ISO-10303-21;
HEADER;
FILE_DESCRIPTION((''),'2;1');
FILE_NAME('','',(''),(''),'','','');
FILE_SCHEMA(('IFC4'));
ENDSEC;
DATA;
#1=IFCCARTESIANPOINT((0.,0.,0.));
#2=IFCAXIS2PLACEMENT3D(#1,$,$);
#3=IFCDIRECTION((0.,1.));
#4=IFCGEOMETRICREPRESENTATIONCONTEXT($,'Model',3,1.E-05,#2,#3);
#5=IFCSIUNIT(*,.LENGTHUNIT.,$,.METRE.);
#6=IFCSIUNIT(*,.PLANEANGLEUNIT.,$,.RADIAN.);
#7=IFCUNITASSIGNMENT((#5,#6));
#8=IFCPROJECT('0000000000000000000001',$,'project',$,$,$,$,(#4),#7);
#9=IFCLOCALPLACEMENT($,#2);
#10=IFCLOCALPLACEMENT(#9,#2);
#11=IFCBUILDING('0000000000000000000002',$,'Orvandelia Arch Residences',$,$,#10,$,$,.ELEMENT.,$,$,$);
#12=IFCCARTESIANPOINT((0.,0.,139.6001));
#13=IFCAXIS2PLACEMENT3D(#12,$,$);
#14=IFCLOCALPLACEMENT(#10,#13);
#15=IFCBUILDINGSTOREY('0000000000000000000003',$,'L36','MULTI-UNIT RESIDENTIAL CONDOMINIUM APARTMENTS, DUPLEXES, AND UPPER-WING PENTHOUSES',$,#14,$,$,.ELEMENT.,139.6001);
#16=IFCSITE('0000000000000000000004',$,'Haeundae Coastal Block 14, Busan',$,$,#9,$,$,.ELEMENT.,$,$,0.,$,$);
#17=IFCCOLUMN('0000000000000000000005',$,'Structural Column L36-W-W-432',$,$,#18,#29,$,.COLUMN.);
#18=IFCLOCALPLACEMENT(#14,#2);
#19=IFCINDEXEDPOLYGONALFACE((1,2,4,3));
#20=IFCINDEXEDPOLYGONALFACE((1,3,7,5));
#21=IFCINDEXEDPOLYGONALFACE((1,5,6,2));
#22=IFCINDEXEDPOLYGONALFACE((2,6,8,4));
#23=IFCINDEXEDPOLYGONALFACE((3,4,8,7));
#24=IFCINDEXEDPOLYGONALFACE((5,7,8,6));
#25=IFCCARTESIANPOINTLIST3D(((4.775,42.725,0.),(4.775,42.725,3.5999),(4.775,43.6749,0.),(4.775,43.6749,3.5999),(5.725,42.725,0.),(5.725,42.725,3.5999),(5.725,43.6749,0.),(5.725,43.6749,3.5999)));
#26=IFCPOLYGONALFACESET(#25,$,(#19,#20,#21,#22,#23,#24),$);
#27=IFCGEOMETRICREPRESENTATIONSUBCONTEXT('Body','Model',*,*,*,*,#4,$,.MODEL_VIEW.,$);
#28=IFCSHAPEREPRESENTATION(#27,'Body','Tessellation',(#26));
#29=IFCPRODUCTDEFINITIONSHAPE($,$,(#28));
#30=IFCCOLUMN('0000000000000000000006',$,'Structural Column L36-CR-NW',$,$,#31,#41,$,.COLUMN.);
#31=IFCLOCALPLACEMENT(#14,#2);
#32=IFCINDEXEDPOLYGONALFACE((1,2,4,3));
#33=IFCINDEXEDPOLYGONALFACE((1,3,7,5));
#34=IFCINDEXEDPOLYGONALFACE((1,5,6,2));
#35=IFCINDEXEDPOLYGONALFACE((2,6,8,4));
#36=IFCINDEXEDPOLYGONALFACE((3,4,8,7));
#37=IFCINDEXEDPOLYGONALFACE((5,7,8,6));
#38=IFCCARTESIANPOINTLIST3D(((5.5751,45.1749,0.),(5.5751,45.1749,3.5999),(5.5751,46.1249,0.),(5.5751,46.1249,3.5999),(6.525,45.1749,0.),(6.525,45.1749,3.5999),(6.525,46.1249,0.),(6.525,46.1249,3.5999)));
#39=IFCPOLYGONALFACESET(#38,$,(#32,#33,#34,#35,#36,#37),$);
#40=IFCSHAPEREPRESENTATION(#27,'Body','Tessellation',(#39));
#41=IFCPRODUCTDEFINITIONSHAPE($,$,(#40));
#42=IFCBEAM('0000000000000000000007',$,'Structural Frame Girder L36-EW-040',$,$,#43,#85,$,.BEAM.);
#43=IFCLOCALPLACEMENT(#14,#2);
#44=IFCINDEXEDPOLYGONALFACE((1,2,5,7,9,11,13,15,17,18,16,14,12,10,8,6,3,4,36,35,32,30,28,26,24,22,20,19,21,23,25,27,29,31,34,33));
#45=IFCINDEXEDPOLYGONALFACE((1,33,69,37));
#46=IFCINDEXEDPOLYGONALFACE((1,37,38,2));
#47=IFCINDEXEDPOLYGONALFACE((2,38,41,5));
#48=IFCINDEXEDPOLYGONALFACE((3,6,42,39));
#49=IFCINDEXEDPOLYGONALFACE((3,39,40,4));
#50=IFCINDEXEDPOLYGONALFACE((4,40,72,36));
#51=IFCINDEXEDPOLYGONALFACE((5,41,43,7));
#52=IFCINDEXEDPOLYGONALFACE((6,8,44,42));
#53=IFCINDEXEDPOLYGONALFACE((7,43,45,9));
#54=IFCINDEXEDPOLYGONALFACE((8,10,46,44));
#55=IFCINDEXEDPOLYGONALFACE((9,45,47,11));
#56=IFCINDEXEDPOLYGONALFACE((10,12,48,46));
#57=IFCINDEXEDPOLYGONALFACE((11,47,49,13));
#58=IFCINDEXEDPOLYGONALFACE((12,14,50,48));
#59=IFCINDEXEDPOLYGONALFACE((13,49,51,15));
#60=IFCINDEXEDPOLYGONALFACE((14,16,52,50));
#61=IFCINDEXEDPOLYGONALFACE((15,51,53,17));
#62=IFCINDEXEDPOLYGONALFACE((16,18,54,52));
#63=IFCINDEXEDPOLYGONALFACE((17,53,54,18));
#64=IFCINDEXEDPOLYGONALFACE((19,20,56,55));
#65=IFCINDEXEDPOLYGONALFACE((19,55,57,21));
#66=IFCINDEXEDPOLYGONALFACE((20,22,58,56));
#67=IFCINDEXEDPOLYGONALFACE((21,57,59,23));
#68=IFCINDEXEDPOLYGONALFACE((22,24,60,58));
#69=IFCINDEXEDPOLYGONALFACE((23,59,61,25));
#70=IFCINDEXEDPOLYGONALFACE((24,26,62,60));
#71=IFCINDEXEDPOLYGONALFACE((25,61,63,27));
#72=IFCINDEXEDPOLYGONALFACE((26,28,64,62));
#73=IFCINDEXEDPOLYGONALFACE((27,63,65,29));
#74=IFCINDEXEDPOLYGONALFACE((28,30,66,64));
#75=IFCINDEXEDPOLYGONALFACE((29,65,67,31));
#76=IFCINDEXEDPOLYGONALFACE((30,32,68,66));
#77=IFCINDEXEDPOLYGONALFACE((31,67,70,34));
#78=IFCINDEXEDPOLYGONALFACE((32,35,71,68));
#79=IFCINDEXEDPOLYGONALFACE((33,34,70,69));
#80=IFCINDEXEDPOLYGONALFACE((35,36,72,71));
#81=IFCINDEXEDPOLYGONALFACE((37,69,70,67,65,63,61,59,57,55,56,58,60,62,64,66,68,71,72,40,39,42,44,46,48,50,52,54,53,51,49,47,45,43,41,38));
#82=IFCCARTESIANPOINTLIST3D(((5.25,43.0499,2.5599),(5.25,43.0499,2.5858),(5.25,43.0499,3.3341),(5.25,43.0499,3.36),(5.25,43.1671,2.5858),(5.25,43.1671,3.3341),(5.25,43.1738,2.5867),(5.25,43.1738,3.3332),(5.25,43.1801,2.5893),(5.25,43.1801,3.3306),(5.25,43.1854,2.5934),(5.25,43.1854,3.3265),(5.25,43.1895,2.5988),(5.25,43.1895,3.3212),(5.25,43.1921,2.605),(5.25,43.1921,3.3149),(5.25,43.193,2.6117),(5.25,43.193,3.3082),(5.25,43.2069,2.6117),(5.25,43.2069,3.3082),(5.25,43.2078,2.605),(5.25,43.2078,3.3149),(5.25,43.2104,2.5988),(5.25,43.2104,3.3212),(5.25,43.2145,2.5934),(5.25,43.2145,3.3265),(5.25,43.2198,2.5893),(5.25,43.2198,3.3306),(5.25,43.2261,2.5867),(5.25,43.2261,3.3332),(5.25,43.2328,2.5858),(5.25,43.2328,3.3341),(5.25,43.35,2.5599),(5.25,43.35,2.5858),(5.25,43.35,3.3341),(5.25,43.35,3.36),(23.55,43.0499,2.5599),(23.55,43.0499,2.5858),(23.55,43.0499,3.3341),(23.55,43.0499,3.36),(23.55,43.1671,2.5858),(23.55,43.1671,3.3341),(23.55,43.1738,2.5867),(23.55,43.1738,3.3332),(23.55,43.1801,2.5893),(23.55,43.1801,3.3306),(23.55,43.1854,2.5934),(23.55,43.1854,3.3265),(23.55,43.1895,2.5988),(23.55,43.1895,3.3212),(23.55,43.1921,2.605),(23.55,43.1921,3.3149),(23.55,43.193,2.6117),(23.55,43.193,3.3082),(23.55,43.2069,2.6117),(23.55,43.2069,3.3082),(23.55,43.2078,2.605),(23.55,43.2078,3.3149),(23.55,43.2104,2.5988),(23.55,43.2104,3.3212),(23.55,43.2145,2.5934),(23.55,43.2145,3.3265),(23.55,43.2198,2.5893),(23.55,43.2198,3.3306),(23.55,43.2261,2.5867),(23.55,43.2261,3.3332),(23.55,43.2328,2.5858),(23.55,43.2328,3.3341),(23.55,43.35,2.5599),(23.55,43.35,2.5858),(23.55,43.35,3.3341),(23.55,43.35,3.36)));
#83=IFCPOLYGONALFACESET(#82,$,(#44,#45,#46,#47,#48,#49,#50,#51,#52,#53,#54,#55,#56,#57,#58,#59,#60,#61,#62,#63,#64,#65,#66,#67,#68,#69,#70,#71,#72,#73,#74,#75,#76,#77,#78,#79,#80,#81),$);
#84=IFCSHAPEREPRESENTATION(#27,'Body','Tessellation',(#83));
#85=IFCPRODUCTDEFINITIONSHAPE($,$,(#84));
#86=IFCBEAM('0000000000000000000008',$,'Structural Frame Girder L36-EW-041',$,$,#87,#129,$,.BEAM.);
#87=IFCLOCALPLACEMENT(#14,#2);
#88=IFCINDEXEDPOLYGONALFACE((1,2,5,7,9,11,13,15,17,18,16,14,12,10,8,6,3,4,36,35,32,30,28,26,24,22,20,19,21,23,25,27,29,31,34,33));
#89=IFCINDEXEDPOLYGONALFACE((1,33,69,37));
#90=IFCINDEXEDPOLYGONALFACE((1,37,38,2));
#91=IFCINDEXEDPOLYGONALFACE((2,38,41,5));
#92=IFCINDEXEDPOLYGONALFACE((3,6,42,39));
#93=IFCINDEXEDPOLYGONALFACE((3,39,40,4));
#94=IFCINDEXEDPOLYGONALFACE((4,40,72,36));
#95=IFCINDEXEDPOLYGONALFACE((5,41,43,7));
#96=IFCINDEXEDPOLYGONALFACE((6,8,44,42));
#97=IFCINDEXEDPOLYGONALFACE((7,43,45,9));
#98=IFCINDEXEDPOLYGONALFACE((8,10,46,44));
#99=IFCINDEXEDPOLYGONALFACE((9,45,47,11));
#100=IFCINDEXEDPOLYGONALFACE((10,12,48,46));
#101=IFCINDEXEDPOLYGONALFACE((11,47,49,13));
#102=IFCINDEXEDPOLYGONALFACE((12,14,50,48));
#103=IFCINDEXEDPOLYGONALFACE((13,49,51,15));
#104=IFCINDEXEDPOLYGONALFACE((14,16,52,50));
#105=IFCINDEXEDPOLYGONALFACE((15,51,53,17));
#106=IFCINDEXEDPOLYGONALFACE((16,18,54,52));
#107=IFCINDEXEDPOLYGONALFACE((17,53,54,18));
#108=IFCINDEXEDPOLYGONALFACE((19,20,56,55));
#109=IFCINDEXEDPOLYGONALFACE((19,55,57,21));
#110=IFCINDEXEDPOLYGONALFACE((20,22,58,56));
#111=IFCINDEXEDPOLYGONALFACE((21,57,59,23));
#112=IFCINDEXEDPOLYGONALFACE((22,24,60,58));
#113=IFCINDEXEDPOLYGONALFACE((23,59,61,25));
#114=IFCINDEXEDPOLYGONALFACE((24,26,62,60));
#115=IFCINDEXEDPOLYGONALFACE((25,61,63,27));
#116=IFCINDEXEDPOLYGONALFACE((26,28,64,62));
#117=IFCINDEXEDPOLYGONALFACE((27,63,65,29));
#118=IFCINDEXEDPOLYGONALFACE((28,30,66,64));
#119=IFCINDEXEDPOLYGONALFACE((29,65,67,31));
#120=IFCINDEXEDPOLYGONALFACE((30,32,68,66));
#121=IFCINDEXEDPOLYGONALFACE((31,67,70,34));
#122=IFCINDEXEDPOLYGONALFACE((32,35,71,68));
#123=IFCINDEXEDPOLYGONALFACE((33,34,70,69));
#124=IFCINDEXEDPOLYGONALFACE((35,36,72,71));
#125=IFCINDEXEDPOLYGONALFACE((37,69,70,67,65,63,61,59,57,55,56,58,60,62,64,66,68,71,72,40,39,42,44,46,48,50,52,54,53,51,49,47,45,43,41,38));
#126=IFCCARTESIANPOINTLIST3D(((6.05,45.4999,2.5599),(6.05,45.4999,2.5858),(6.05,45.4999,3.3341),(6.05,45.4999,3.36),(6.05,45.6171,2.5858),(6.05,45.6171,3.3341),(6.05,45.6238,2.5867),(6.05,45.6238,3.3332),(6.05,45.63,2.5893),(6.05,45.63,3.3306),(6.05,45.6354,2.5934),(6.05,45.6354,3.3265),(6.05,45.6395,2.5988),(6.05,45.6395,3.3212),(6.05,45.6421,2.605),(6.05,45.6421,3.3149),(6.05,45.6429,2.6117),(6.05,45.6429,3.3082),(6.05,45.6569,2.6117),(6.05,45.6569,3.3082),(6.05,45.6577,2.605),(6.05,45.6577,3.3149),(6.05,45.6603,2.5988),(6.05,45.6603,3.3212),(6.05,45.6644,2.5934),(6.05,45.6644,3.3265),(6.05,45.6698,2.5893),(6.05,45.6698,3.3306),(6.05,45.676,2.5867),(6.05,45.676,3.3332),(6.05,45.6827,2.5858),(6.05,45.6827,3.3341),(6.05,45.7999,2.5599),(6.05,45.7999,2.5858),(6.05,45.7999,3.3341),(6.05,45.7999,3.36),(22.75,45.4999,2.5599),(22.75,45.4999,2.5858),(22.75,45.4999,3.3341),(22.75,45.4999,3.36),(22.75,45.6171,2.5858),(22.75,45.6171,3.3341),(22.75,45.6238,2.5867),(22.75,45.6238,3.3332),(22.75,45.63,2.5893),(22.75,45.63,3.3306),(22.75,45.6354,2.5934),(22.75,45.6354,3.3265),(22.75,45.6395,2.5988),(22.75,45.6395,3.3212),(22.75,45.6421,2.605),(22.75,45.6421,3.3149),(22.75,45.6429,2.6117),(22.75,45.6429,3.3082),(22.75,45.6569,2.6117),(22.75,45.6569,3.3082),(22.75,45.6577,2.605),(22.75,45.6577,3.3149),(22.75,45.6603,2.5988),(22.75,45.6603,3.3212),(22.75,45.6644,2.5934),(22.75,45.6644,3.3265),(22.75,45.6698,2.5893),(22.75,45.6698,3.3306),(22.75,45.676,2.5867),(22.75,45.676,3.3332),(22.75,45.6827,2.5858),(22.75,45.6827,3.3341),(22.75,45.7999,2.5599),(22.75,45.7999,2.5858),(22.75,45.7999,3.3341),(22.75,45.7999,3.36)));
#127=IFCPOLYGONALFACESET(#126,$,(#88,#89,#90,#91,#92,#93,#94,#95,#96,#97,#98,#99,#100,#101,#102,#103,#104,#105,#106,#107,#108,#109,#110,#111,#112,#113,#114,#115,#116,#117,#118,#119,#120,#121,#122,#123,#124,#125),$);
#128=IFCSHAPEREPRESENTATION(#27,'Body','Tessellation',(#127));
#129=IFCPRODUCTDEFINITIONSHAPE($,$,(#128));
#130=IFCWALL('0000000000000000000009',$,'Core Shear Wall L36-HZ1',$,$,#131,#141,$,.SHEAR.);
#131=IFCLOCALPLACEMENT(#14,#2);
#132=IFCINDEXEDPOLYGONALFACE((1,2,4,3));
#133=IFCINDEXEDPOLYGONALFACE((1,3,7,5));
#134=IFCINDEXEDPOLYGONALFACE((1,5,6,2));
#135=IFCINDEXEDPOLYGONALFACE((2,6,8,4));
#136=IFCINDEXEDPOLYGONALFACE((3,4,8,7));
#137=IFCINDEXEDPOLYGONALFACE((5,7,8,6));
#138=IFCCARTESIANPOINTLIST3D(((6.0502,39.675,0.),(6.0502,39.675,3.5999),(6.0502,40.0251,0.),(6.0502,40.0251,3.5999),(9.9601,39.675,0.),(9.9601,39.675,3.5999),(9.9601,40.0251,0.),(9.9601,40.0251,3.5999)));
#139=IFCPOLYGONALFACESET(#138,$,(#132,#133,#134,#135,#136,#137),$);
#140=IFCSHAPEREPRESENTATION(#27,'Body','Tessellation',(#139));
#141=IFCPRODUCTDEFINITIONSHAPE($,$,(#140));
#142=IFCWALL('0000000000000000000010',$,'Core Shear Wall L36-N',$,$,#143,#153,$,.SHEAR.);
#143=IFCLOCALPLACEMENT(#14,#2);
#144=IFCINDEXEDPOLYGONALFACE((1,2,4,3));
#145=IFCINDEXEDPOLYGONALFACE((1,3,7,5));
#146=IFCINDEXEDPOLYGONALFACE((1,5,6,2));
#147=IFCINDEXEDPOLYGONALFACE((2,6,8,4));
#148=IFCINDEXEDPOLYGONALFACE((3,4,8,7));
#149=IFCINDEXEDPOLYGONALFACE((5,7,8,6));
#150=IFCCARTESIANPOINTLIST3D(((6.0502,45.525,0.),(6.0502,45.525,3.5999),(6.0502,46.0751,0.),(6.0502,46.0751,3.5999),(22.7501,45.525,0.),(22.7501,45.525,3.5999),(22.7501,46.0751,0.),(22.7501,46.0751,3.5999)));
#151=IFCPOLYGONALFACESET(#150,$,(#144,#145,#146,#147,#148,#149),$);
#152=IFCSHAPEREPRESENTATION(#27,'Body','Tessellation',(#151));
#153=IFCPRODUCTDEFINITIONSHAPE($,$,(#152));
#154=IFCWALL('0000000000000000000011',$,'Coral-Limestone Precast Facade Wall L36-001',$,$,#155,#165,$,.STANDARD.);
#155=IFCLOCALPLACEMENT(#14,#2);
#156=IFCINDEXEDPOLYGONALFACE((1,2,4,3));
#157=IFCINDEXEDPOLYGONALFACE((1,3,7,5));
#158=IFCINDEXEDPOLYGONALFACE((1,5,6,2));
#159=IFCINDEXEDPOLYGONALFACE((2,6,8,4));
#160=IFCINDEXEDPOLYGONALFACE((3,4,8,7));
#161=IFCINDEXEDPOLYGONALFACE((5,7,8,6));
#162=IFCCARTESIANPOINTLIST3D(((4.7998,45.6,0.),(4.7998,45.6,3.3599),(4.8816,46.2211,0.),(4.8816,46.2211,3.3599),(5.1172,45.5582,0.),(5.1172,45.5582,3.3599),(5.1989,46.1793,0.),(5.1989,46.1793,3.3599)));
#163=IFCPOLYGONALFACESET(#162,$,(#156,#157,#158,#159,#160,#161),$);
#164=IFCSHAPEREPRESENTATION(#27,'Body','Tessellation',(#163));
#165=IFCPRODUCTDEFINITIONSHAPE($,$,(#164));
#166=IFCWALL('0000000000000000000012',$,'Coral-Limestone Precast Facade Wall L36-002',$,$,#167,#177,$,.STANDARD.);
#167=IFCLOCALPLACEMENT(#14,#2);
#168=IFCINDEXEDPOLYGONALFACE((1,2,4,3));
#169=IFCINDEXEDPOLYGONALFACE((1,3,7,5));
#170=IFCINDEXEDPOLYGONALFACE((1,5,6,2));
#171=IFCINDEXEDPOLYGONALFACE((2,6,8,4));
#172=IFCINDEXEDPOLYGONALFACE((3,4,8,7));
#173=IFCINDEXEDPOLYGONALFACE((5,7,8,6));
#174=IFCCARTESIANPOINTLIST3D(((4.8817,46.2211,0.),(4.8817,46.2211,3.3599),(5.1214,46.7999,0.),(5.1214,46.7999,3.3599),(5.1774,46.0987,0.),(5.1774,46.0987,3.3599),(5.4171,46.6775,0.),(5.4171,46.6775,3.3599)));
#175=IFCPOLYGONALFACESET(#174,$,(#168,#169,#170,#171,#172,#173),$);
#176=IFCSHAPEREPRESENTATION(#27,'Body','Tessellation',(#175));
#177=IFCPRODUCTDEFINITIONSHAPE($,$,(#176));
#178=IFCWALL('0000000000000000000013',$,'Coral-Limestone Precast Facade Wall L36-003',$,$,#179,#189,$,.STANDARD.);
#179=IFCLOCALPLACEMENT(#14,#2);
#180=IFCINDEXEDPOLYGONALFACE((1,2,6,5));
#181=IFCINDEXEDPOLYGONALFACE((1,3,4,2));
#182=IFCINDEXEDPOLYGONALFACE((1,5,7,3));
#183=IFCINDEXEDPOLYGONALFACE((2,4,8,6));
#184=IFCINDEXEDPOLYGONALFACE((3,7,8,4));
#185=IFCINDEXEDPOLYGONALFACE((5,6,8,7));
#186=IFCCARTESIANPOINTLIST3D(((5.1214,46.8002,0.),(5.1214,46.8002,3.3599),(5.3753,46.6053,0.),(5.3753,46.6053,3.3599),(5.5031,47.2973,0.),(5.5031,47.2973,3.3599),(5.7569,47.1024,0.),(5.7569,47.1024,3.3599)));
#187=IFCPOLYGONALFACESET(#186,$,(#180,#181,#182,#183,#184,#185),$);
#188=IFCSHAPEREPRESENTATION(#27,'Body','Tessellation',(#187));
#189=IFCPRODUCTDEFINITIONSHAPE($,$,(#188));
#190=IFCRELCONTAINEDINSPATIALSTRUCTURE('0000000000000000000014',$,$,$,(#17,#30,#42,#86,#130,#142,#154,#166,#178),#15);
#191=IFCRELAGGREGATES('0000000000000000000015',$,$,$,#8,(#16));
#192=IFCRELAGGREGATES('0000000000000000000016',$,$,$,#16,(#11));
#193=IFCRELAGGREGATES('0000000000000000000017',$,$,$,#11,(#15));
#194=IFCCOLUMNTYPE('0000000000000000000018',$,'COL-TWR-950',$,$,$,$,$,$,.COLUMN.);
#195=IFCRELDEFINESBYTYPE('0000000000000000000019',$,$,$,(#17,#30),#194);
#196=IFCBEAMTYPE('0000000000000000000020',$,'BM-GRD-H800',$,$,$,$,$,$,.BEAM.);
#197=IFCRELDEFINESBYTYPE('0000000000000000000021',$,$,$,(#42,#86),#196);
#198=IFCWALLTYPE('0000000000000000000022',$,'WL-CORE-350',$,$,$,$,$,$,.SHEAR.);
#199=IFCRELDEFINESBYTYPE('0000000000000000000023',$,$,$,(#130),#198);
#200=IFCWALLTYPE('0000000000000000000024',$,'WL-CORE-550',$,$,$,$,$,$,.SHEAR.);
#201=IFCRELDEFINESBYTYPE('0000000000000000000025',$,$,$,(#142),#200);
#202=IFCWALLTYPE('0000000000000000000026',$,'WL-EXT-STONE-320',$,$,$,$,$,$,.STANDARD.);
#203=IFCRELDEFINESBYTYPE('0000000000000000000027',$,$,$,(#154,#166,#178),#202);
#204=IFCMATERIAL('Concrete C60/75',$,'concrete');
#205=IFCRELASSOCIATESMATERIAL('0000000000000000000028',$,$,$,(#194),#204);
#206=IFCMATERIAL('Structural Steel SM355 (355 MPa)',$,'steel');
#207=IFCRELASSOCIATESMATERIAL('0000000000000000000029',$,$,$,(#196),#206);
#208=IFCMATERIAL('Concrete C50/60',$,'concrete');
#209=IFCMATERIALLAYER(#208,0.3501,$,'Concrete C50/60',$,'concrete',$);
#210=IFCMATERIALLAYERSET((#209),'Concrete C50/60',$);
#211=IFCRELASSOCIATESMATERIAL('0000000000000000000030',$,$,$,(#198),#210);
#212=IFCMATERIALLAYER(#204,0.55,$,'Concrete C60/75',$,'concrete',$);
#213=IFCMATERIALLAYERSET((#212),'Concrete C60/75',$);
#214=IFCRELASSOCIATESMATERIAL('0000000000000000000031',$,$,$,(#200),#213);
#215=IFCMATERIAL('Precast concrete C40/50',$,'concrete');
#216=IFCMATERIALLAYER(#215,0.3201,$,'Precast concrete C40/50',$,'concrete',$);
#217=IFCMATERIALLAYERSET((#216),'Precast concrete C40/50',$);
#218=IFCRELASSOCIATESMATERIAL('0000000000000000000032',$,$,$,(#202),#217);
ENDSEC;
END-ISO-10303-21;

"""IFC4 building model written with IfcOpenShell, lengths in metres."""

from ifc_helpers import new_model, si_unit, direction, frame, frame_2d, origin, origin_2d, place, context, subcontext, project, spatial, rectangle, i_section, extrude, material, layer, layer_set, material_profile, profile_set, type_object, element, save


model = new_model("IFC4")

# Units and contexts
model_context = context("Model", 3, precision=1e-05, world=origin(), true_north=direction((0.0, 1.0)))
body_context = subcontext(model_context, "Body", "Model", "MODEL_VIEW")
ifc_project = project(units=[si_unit("LENGTHUNIT", "METRE"), si_unit("PLANEANGLEUNIT", "RADIAN")], contexts=[model_context])

# Site, building, storey
site_placement = place(None, origin())
site = spatial("IfcSite", under=ifc_project, at=site_placement, Name="Haeundae Coastal Block 14, Busan", CompositionType="ELEMENT", RefElevation=0.0)
building_placement = place(site_placement, origin())
building = spatial("IfcBuilding", under=site, at=building_placement, Name="Orvandelia Arch Residences", CompositionType="ELEMENT")
storey_placement = place(building_placement, frame((0.0, 0.0, 139.6001)))
storey = spatial("IfcBuildingStorey", under=building, at=storey_placement, Name="L36", Description="MULTI-UNIT RESIDENTIAL CONDOMINIUM APARTMENTS, DUPLEXES, AND UPPER-WING PENTHOUSES", CompositionType="ELEMENT", Elevation=139.6001)

# Columns
ifc_material_1 = material(Name="Concrete C60/75", Category="concrete")
ifc_material_profile_1 = material_profile(ifc_material_1, rectangle(XDim=0.95, YDim=0.95, at=origin_2d()), Name="Concrete C60/75", Category="concrete")
ifc_profile_set_1 = profile_set([ifc_material_profile_1], Name="Concrete C60/75")
column_type = type_object("IfcColumnType", Name="COL-TWR-950", PredefinedType="COLUMN", material=ifc_profile_set_1)
for number, where, z_axis, x_axis, name in (
    (1, (5.25, 43.2, 0.0), (0.0, 0.0, 1.0), (1.0, 0.0, 0.0), "Structural Column L36-W-W-432"),
    (2, (6.05, 45.6499, 0.0), (0.0, 0.0, 1.0), (1.0, 0.0, 0.0), "Structural Column L36-CR-NW"),
):
    element("IfcColumn", number, at=place(storey_placement, frame(where, z_axis=z_axis, x_axis=x_axis)), inside=storey, type_object=column_type, Name=name, PredefinedType="COLUMN", context=body_context, shape_type="SweptSolid", body=[
        extrude(rectangle(XDim=0.95, YDim=0.95, at=origin_2d()), origin(), (0.0, 0.0, 1.0), 3.5999),
    ])

# Beams
ifc_material_2 = material(Name="Structural Steel SM355 (355 MPa)", Category="steel")
ifc_material_profile_2 = material_profile(ifc_material_2, i_section(OverallWidth=0.3, OverallDepth=0.8, WebThickness=0.0139, FlangeThickness=0.0259, FilletRadius=0.0259, at=origin_2d()), Name="Structural Steel SM355 (355 MPa)", Category="steel")
ifc_profile_set_2 = profile_set([ifc_material_profile_2], Name="Structural Steel SM355 (355 MPa)")
beam_type = type_object("IfcBeamType", Name="BM-GRD-H800", PredefinedType="BEAM", material=ifc_profile_set_2)
beam_1_placement = place(storey_placement, frame((5.25, 43.2, 2.96), z_axis=(1.0, 0.0, 0.0), x_axis=(0.0, 1.0, 0.0)))
element("IfcBeam", 3, at=beam_1_placement, inside=storey, type_object=beam_type, Name="Structural Frame Girder L36-EW-040", PredefinedType="BEAM", context=body_context, shape_type="SweptSolid", body=[
    extrude(i_section(OverallWidth=0.3, OverallDepth=0.8, WebThickness=0.0139, FlangeThickness=0.0259, FilletRadius=0.0259, at=origin_2d()), origin(), (0.0, 0.0, 1.0), 18.3),
])
beam_2_placement = place(storey_placement, frame((6.05, 45.6499, 2.96), z_axis=(1.0, 0.0, 0.0), x_axis=(0.0, 1.0, 0.0)))
element("IfcBeam", 4, at=beam_2_placement, inside=storey, type_object=beam_type, Name="Structural Frame Girder L36-EW-041", PredefinedType="BEAM", context=body_context, shape_type="SweptSolid", body=[
    extrude(i_section(OverallWidth=0.3, OverallDepth=0.8, WebThickness=0.0139, FlangeThickness=0.0259, FilletRadius=0.0259, at=origin_2d()), origin(), (0.0, 0.0, 1.0), 16.7),
])

# Walls
ifc_material_3 = material(Name="Concrete C50/60", Category="concrete")
ifc_layer_1 = layer(ifc_material_3, 0.3501, Name="Concrete C50/60", Category="concrete")
ifc_layer_set_1 = layer_set([ifc_layer_1], Name="Concrete C50/60")
wall_type_1 = type_object("IfcWallType", Name="WL-CORE-350", PredefinedType="SHEAR", material=ifc_layer_set_1)
wall_1_placement = place(storey_placement, frame((6.05, 39.8501, 0.0), z_axis=(0.0, 0.0, 1.0), x_axis=(1.0, 0.0, 0.0)))
element("IfcWall", 5, at=wall_1_placement, inside=storey, type_object=wall_type_1, Name="Core Shear Wall L36-HZ1", PredefinedType="SHEAR", context=body_context, shape_type="SweptSolid", body=[
    extrude(rectangle(XDim=3.9099, YDim=0.3501, at=frame_2d((1.9551, 0.0))), origin(), (0.0, 0.0, 1.0), 3.5999),
])
ifc_layer_2 = layer(ifc_material_1, 0.55, Name="Concrete C60/75", Category="concrete")
ifc_layer_set_2 = layer_set([ifc_layer_2], Name="Concrete C60/75")
wall_type_2 = type_object("IfcWallType", Name="WL-CORE-550", PredefinedType="SHEAR", material=ifc_layer_set_2)
wall_2_placement = place(storey_placement, frame((6.05, 45.8, 0.0), z_axis=(0.0, 0.0, 1.0), x_axis=(1.0, 0.0, 0.0)))
element("IfcWall", 6, at=wall_2_placement, inside=storey, type_object=wall_type_2, Name="Core Shear Wall L36-N", PredefinedType="SHEAR", context=body_context, shape_type="SweptSolid", body=[
    extrude(rectangle(XDim=16.7, YDim=0.55, at=frame_2d((8.3501, 0.0))), origin(), (0.0, 0.0, 1.0), 3.5999),
])
ifc_material_4 = material(Name="Precast concrete C40/50", Category="concrete")
ifc_layer_3 = layer(ifc_material_4, 0.3201, Name="Precast concrete C40/50", Category="concrete")
ifc_layer_set_3 = layer_set([ifc_layer_3], Name="Precast concrete C40/50")
wall_type_3 = type_object("IfcWallType", Name="WL-EXT-STONE-320", PredefinedType="STANDARD", material=ifc_layer_set_3)
for number, where, z_axis, x_axis, name in (
    (7, (4.9585, 45.5791, 0.0), (0.0, 0.0, 1.0), (0.130555, 0.991441, 0.0), "Coral-Limestone Precast Facade Wall L36-001"),
    (8, (5.0295, 46.1599, 0.0), (0.0, 0.0, 1.0), (0.38265, 0.923893, 0.0), "Coral-Limestone Precast Facade Wall L36-002"),
):
    element("IfcWall", number, at=place(storey_placement, frame(where, z_axis=z_axis, x_axis=x_axis)), inside=storey, type_object=wall_type_3, Name=name, PredefinedType="STANDARD", context=body_context, shape_type="SweptSolid", body=[
        extrude(rectangle(XDim=0.6265, YDim=0.3201, at=frame_2d((0.3132, 0.0))), origin(), (0.0, 0.0, 1.0), 3.3599),
    ])
wall_3_placement = place(storey_placement, frame((5.2483, 46.7026, 0.0), z_axis=(0.0, 0.0, 1.0), x_axis=(0.608939, 0.793217, 0.0)))
element("IfcWall", 9, at=wall_3_placement, inside=storey, type_object=wall_type_3, Name="Coral-Limestone Precast Facade Wall L36-003", PredefinedType="STANDARD", context=body_context, shape_type="SweptSolid", body=[
    extrude(rectangle(XDim=0.6267, YDim=0.3201, at=frame_2d((0.3135, 0.0))), origin(), (0.0, 0.0, 1.0), 3.3599),
])

save(model, "model.ifc")
